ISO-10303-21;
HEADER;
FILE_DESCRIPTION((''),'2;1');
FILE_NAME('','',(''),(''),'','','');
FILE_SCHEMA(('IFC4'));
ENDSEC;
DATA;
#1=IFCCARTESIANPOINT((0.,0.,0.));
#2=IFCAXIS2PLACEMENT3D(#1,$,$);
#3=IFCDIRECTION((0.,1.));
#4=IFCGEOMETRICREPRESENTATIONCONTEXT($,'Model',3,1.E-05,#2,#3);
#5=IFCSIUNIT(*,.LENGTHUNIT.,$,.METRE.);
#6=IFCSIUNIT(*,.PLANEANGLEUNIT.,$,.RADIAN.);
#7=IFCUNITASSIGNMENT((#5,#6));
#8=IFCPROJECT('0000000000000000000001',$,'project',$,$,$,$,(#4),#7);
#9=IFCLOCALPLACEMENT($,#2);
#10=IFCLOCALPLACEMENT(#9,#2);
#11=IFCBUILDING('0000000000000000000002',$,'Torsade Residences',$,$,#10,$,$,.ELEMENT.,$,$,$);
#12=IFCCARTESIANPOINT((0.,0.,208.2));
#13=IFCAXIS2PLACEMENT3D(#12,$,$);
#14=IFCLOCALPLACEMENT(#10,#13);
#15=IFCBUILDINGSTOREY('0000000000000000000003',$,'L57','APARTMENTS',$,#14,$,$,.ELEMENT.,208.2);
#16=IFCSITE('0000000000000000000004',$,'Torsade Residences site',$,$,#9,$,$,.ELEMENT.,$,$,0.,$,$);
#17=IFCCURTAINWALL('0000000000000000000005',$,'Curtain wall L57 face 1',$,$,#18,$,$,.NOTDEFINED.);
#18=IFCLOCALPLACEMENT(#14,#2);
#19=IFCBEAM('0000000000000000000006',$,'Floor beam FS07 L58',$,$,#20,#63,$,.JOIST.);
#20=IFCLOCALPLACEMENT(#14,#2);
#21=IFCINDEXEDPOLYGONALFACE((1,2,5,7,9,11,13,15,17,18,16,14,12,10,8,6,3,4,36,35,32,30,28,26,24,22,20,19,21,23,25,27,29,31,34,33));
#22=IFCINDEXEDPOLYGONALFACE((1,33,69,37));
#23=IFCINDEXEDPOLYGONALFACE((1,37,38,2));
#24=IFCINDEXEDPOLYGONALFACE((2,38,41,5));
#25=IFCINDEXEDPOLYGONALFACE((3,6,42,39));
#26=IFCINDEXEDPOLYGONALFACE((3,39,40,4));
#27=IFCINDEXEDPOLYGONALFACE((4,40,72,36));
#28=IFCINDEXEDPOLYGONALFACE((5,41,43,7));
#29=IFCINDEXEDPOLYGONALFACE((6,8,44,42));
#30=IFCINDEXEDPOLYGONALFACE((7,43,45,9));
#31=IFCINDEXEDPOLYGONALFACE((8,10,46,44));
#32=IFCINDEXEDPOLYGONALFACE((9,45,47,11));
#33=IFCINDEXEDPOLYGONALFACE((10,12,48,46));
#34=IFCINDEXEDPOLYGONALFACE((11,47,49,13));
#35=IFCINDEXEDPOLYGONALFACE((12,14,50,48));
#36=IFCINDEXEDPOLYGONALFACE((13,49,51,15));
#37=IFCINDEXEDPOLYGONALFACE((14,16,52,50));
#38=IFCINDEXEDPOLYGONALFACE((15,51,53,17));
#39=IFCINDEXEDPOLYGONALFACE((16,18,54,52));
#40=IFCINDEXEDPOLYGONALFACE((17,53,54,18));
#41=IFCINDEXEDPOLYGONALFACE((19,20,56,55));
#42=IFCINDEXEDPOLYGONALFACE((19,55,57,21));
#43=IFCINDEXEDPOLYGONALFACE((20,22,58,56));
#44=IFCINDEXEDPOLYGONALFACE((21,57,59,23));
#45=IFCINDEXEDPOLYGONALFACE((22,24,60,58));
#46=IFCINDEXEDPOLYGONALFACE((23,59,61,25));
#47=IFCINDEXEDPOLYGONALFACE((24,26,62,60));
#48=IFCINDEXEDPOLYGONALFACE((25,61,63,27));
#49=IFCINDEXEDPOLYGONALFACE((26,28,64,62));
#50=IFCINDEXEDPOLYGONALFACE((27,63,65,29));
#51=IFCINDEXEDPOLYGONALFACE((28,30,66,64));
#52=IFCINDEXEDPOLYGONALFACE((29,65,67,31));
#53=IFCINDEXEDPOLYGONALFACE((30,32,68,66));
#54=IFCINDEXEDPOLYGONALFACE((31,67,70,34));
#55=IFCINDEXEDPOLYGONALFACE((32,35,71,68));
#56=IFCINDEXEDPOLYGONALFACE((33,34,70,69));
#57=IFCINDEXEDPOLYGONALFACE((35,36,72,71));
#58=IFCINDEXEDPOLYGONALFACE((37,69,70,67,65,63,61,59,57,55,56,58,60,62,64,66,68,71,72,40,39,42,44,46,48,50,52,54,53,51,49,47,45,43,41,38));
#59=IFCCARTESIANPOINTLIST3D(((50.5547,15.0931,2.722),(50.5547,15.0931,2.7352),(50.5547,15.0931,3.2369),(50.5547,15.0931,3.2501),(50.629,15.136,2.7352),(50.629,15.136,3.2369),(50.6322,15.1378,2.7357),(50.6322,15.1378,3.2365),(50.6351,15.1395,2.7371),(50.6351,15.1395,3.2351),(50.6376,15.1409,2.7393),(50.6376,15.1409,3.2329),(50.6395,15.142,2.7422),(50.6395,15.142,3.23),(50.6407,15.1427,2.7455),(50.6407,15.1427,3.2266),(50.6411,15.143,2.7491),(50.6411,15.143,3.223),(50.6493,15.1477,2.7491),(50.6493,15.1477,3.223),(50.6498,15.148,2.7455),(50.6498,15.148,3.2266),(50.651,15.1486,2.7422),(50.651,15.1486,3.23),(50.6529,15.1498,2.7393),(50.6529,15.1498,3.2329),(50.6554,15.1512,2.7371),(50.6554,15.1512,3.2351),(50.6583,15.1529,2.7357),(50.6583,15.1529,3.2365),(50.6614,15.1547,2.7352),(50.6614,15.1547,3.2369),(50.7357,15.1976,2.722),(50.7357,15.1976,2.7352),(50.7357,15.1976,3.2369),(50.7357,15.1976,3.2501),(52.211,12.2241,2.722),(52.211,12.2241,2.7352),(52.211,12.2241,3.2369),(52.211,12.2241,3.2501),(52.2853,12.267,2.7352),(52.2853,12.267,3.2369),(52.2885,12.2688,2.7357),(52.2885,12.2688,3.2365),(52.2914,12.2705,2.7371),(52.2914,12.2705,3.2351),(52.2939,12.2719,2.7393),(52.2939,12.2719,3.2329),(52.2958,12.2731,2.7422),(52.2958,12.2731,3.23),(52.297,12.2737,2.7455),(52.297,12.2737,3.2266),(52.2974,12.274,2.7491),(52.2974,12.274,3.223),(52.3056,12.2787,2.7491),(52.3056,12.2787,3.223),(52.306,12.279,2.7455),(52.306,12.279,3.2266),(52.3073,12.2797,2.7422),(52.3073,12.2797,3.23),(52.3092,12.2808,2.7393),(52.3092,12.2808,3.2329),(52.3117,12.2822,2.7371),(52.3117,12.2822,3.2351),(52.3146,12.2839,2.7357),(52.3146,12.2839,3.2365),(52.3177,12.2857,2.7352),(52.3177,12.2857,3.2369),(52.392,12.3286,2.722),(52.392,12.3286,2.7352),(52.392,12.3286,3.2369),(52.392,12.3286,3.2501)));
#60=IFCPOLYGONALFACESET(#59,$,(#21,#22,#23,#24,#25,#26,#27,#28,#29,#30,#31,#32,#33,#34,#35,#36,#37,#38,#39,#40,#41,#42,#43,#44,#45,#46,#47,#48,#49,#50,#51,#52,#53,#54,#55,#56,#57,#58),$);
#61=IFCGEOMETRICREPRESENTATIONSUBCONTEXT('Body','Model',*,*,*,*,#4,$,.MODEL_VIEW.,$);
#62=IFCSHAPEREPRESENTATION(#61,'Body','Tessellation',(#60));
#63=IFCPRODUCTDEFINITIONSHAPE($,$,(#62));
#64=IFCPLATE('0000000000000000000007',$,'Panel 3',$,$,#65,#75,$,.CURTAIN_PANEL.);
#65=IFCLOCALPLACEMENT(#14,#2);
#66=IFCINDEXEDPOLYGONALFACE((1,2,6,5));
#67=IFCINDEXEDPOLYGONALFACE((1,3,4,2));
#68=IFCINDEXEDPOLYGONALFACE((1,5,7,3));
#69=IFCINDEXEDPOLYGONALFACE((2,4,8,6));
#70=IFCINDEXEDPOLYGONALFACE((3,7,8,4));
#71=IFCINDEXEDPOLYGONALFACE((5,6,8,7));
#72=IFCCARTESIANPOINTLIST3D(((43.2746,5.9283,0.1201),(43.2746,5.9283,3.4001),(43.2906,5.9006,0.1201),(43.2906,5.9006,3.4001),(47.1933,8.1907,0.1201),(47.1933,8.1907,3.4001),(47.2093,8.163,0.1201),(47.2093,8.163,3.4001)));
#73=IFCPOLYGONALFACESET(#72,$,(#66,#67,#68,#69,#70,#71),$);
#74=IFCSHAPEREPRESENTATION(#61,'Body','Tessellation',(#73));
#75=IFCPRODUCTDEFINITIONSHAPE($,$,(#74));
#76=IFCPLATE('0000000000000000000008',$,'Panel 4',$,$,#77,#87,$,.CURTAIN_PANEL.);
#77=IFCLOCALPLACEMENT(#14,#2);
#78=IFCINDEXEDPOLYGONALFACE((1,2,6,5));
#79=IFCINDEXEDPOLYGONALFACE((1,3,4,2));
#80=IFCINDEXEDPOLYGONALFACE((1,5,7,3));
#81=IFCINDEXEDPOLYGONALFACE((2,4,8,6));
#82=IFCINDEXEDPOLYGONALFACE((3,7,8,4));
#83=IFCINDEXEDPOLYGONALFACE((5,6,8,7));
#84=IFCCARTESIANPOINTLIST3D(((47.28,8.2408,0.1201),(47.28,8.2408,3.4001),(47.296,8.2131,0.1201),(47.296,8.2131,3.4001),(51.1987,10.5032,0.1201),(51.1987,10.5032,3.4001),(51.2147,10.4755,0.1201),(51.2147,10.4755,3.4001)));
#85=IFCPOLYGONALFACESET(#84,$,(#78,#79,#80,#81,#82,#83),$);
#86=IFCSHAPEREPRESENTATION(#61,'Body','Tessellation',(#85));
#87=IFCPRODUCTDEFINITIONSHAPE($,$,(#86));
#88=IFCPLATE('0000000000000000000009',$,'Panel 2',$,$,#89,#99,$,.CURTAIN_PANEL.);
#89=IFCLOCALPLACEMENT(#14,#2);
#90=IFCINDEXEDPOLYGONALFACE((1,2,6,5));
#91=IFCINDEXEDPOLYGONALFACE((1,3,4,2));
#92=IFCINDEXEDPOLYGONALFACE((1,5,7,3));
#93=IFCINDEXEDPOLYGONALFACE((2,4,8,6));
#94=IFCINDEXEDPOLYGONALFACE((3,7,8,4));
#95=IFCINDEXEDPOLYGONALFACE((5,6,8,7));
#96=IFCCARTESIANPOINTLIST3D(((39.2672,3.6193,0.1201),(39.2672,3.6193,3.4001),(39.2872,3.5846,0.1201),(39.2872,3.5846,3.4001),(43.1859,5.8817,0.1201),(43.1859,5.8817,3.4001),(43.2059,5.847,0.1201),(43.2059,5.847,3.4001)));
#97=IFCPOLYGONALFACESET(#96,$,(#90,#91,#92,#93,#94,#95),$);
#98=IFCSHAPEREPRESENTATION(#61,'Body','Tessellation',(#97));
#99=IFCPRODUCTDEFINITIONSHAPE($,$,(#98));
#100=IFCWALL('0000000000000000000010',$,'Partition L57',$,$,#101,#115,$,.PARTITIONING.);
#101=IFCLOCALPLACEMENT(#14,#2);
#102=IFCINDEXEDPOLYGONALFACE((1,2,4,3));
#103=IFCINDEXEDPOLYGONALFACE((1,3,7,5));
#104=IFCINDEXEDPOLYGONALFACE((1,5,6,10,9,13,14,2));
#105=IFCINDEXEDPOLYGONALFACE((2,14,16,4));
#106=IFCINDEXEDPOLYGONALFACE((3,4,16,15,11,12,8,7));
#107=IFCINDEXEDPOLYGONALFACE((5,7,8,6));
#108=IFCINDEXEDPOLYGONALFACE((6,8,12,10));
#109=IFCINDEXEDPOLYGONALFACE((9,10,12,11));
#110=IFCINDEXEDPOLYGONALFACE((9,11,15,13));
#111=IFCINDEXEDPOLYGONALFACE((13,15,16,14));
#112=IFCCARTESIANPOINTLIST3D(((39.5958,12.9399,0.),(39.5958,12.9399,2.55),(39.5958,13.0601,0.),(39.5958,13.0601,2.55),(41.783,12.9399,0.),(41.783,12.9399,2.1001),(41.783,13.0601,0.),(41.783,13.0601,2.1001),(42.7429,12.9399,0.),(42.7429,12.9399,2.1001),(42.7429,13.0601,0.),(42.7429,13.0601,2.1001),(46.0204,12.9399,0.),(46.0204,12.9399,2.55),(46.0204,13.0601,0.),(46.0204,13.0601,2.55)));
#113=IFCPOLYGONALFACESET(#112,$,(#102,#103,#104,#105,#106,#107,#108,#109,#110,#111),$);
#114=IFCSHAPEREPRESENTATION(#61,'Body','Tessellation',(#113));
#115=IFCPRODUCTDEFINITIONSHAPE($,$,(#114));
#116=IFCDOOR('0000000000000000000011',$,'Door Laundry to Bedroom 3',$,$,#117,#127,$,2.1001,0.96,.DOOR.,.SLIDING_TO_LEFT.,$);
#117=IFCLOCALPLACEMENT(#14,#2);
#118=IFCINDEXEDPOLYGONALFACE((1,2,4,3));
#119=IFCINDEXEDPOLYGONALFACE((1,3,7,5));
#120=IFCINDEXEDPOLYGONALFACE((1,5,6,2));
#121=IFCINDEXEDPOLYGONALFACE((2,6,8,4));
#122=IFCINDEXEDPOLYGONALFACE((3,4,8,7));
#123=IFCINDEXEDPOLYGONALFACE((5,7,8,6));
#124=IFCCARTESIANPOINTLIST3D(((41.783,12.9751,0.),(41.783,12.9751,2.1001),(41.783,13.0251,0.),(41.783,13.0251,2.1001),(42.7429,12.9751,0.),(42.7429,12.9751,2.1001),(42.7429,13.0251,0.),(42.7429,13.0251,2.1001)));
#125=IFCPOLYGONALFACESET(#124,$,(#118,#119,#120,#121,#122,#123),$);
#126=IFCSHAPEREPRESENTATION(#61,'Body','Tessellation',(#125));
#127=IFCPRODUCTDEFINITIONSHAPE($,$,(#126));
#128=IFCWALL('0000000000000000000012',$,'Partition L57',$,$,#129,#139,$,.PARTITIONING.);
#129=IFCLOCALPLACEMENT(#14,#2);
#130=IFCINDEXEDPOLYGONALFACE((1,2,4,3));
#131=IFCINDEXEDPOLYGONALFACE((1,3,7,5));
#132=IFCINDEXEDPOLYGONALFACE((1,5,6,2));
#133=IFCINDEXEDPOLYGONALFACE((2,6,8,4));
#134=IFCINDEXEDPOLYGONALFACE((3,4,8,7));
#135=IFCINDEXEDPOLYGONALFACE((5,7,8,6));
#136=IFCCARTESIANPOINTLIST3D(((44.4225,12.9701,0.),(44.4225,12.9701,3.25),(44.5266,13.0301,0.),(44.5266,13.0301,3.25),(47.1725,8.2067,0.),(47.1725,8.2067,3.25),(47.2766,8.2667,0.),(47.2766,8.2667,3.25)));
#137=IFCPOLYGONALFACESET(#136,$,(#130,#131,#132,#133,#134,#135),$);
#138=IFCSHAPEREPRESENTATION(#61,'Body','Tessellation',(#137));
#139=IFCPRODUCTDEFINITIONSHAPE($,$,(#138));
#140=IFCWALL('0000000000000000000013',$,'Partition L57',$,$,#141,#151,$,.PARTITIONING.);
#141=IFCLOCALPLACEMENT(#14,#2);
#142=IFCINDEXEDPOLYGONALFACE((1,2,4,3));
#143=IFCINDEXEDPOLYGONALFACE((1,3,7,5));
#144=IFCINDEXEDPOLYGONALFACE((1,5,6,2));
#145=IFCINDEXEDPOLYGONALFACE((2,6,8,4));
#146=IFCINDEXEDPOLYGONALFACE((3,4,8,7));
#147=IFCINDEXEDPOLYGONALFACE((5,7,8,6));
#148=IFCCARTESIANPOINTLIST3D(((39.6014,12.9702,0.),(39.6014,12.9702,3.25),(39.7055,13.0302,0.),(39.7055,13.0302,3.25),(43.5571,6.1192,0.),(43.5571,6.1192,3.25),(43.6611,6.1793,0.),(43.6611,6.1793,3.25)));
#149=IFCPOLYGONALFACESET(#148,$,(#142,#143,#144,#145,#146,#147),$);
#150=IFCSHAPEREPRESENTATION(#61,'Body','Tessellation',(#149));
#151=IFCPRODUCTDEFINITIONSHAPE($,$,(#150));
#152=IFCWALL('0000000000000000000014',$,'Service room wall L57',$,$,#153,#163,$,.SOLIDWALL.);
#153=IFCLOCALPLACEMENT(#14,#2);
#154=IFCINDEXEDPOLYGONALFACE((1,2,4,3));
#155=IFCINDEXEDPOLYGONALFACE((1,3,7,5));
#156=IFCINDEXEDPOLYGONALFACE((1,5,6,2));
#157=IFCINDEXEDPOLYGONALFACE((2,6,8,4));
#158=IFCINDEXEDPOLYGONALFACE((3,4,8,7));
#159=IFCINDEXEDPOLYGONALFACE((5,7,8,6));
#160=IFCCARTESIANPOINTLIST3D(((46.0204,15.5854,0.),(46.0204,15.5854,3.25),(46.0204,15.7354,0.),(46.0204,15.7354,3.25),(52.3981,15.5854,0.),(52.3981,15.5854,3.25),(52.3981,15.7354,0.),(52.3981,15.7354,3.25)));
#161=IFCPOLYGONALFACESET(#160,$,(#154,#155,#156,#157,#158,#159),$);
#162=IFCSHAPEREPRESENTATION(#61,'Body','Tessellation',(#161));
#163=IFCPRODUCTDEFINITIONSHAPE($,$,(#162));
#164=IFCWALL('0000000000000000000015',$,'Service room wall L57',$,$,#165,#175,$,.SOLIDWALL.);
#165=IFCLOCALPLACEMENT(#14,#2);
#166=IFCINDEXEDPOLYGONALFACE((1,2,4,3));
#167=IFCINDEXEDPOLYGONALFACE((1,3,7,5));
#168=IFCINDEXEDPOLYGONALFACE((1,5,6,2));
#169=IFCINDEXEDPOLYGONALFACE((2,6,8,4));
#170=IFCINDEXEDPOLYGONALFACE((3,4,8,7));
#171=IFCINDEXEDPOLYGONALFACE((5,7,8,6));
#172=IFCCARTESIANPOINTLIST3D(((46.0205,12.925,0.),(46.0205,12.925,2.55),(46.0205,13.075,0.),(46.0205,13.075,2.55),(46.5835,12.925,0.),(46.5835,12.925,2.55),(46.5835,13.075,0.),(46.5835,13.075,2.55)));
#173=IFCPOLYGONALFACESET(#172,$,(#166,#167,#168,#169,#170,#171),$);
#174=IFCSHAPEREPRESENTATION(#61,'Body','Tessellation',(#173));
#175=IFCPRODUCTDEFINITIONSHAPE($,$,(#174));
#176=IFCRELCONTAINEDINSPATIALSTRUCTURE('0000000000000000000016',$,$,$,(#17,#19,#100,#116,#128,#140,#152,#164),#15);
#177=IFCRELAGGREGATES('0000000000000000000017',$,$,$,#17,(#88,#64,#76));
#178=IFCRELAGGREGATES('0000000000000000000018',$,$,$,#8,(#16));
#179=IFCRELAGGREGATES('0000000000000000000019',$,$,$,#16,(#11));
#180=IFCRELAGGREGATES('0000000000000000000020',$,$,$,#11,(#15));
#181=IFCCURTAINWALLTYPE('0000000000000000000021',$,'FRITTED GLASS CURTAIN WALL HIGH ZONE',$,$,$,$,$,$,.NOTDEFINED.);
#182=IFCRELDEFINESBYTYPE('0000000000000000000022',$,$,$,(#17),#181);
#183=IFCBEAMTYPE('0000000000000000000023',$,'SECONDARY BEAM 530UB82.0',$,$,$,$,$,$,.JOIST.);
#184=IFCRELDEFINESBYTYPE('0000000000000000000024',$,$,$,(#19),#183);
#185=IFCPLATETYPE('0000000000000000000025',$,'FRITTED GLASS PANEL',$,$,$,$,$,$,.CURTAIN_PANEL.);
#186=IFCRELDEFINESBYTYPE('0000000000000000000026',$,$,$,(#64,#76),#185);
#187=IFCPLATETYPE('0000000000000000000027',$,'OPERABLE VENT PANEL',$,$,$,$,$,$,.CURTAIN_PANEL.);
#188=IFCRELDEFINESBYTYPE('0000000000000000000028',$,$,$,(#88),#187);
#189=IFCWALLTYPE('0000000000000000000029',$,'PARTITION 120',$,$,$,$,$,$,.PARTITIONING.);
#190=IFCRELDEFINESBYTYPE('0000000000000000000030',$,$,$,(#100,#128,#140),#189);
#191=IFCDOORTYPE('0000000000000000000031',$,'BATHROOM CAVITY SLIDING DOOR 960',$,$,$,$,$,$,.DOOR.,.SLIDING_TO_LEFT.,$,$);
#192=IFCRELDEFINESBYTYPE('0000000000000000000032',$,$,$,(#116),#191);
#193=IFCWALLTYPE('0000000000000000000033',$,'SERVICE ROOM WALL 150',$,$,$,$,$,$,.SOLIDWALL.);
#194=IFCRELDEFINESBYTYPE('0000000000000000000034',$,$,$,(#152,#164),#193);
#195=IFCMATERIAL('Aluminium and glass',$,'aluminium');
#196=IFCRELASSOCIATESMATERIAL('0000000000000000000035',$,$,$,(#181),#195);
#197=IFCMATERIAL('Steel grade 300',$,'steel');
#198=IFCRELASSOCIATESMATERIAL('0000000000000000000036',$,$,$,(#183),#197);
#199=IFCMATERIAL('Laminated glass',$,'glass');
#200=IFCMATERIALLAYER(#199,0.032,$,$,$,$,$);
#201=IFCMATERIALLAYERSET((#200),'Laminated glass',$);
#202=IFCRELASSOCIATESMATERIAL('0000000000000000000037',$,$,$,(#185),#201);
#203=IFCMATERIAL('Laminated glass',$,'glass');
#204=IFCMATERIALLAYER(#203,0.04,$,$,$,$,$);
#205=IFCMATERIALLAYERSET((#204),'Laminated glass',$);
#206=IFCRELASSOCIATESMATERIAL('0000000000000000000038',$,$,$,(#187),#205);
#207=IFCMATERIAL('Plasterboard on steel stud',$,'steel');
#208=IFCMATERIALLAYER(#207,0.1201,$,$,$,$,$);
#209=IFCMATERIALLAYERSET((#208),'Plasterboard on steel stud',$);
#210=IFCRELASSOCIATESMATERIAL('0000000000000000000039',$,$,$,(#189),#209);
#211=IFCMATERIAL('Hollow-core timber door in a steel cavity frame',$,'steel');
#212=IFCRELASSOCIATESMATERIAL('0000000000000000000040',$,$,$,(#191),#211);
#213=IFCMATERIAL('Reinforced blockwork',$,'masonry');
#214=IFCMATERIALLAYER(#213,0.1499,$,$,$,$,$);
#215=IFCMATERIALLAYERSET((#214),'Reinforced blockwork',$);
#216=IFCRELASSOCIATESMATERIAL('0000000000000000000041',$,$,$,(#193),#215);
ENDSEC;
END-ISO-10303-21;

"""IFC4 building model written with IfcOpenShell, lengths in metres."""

from ifc_helpers import new_model, si_unit, direction, frame, frame_2d, origin, origin_2d, place, context, subcontext, project, spatial, rectangle, i_section, extrude, material, layer, layer_set, material_profile, profile_set, type_object, element, fill, aggregate, save


model = new_model("IFC4")

# Units and contexts
model_context = context("Model", 3, precision=1e-05, world=origin(), true_north=direction((0.0, 1.0)))
body_context = subcontext(model_context, "Body", "Model", "MODEL_VIEW")
ifc_project = project(units=[si_unit("LENGTHUNIT", "METRE"), si_unit("PLANEANGLEUNIT", "RADIAN")], contexts=[model_context])

# Site, building, storey
site_placement = place(None, origin())
site = spatial("IfcSite", under=ifc_project, at=site_placement, Name="Torsade Residences site", CompositionType="ELEMENT", RefElevation=0.0)
building_placement = place(site_placement, origin())
building = spatial("IfcBuilding", under=site, at=building_placement, Name="Torsade Residences", CompositionType="ELEMENT")
storey_placement = place(building_placement, frame((0.0, 0.0, 208.2)))
storey = spatial("IfcBuildingStorey", under=building, at=storey_placement, Name="L57", Description="APARTMENTS", CompositionType="ELEMENT", Elevation=208.2)

# Curtain wall
ifc_material_1 = material(Name="Aluminium and glass", Category="aluminium")
curtain_wall_type = type_object("IfcCurtainWallType", Name="FRITTED GLASS CURTAIN WALL HIGH ZONE", PredefinedType="NOTDEFINED", material=ifc_material_1)
curtain_wall_placement = place(storey_placement, origin())
curtain_wall = element("IfcCurtainWall", 1, at=curtain_wall_placement, inside=storey, type_object=curtain_wall_type, Name="Curtain wall L57 face 1", PredefinedType="NOTDEFINED")

# Beam
ifc_material_2 = material(Name="Steel grade 300", Category="steel")
ifc_material_profile_1 = material_profile(ifc_material_2, i_section(OverallWidth=0.209, OverallDepth=0.5281, WebThickness=0.0095, FlangeThickness=0.0132, FilletRadius=0.0139, at=origin_2d()), Name="530UB82.0")
ifc_profile_set_1 = profile_set([ifc_material_profile_1], Name="Steel grade 300")
beam_type_1 = type_object("IfcBeamType", Name="SECONDARY BEAM 530UB82.0", PredefinedType="JOIST", material=ifc_profile_set_1)
beam_1_placement = place(storey_placement, frame((52.3015, 12.2764, 2.9861), z_axis=(-0.499976, 0.86604, 0.0), x_axis=(-0.86604, -0.499976, 0.0)))
element("IfcBeam", 2, at=beam_1_placement, inside=storey, type_object=beam_type_1, Name="Floor beam FS07 L58", PredefinedType="JOIST", context=body_context, shape_type="SweptSolid", body=[
    extrude(i_section(OverallWidth=0.209, OverallDepth=0.5281, WebThickness=0.0095, FlangeThickness=0.0132, FilletRadius=0.0139, at=origin_2d()), origin(), (0.0, 0.0, 1.0), 3.3127),
])

# Plates
ifc_material_3 = material(Name="Laminated glass", Category="glass")
ifc_layer_1 = layer(ifc_material_3, 0.032)
ifc_layer_set_1 = layer_set([ifc_layer_1], Name="Laminated glass")
plate_type_1 = type_object("IfcPlateType", Name="FRITTED GLASS PANEL", PredefinedType="CURTAIN_PANEL", material=ifc_layer_set_1)
plate_1_placement = place(storey_placement, frame((45.2419, 7.0457, 0.1201), z_axis=(0.0, 0.0, 1.0), x_axis=(0.866025, 0.5, 0.0)))
plate_1 = element("IfcPlate", 3, at=plate_1_placement, type_object=plate_type_1, Name="Panel 3", PredefinedType="CURTAIN_PANEL", context=body_context, shape_type="SweptSolid", body=[
    extrude(rectangle(XDim=4.5249, YDim=0.032, at=origin_2d()), origin(), (0.0, 0.0, 1.0), 3.28),
])
plate_2_placement = place(storey_placement, frame((49.2473, 9.3582, 0.1201), z_axis=(0.0, 0.0, 1.0), x_axis=(0.866025, 0.5, 0.0)))
plate_2 = element("IfcPlate", 4, at=plate_2_placement, type_object=plate_type_1, Name="Panel 4", PredefinedType="CURTAIN_PANEL", context=body_context, shape_type="SweptSolid", body=[
    extrude(rectangle(XDim=4.5249, YDim=0.032, at=origin_2d()), origin(), (0.0, 0.0, 1.0), 3.28),
])
ifc_material_4 = material(Name="Laminated glass", Category="glass")
ifc_layer_2 = layer(ifc_material_4, 0.04)
ifc_layer_set_2 = layer_set([ifc_layer_2], Name="Laminated glass")
plate_type_2 = type_object("IfcPlateType", Name="OPERABLE VENT PANEL", PredefinedType="CURTAIN_PANEL", material=ifc_layer_set_2)
plate_3_placement = place(storey_placement, frame((41.2366, 4.7332, 0.1201), z_axis=(0.0, 0.0, 1.0), x_axis=(0.866025, 0.5, 0.0)))
plate_3 = element("IfcPlate", 5, at=plate_3_placement, type_object=plate_type_2, Name="Panel 2", PredefinedType="CURTAIN_PANEL", context=body_context, shape_type="SweptSolid", body=[
    extrude(rectangle(XDim=4.5249, YDim=0.04, at=origin_2d()), origin(), (0.0, 0.0, 1.0), 3.28),
])
aggregate(curtain_wall, [plate_3, plate_1, plate_2])

# Wall, opening, door
ifc_material_5 = material(Name="Plasterboard on steel stud", Category="steel")
ifc_layer_3 = layer(ifc_material_5, 0.1201)
ifc_layer_set_3 = layer_set([ifc_layer_3], Name="Plasterboard on steel stud")
wall_type_1 = type_object("IfcWallType", Name="PARTITION 120", PredefinedType="PARTITIONING", material=ifc_layer_set_3)
wall_1_placement = place(storey_placement, frame((46.0205, 13.0, 0.0), z_axis=(0.0, 0.0, 1.0), x_axis=(-1.0, 0.0, 0.0)))
wall_1 = element("IfcWall", 6, at=wall_1_placement, inside=storey, type_object=wall_type_1, Name="Partition L57", PredefinedType="PARTITIONING", context=body_context, shape_type="SweptSolid", body=[
    extrude(rectangle(XDim=6.4246, YDim=0.1201, at=frame_2d((3.2124, 0.0))), origin(), (0.0, 0.0, 1.0), 2.55),
])
opening_placement = place(wall_1_placement, frame((3.2776, 0.0, 0.0)))
opening = element("IfcOpeningElement", 7, at=opening_placement, cuts=wall_1, PredefinedType="OPENING", context=body_context, shape_type="SweptSolid", body=[
    extrude(rectangle(XDim=0.96, YDim=2.1001, at=frame_2d((0.48, 1.05))), frame((0.0, 0.0701, 0.0), z_axis=(0.0, -1.0, 0.0), x_axis=(1.0, 0.0, 0.0)), (0.0, 0.0, 1.0), 0.1401),
])
ifc_material_6 = material(Name="Hollow-core timber door in a steel cavity frame", Category="steel")
door_type = type_object("IfcDoorType", Name="BATHROOM CAVITY SLIDING DOOR 960", OperationType="SLIDING_TO_LEFT", PredefinedType="DOOR", material=ifc_material_6)
door_placement = place(opening_placement, origin())
door = element("IfcDoor", 8, at=door_placement, inside=storey, type_object=door_type, Name="Door Laundry to Bedroom 3", OperationType="SLIDING_TO_LEFT", OverallHeight=2.1001, OverallWidth=0.96, PredefinedType="DOOR", context=body_context, shape_type="SweptSolid", body=[
    extrude(rectangle(XDim=0.96, YDim=2.1001, at=frame_2d((0.48, 1.05))), frame((0.0, 0.0249, 0.0), z_axis=(0.0, -1.0, 0.0), x_axis=(1.0, 0.0, 0.0)), (0.0, 0.0, 1.0), 0.05),
])
fill(opening, door)

# Walls
wall_2_placement = place(storey_placement, frame((44.4746, 13.0, 0.0), z_axis=(0.0, 0.0, 1.0), x_axis=(0.499977, -0.866038, 0.0)))
element("IfcWall", 9, at=wall_2_placement, inside=storey, type_object=wall_type_1, Name="Partition L57", PredefinedType="PARTITIONING", context=body_context, shape_type="SweptSolid", body=[
    extrude(rectangle(XDim=5.5002, YDim=0.1201, at=frame_2d((2.75, 0.0))), origin(), (0.0, 0.0, 1.0), 3.25),
])
wall_3_placement = place(storey_placement, frame((43.6091, 6.1492, 0.0), z_axis=(0.0, 0.0, 1.0), x_axis=(-0.500023, 0.866012, 0.0)))
element("IfcWall", 10, at=wall_3_placement, inside=storey, type_object=wall_type_1, Name="Partition L57", PredefinedType="PARTITIONING", context=body_context, shape_type="SweptSolid", body=[
    extrude(rectangle(XDim=7.9109, YDim=0.1201, at=frame_2d((3.9556, 0.0))), origin(), (0.0, 0.0, 1.0), 3.25),
])
ifc_material_7 = material(Name="Reinforced blockwork", Category="masonry")
ifc_layer_4 = layer(ifc_material_7, 0.1499)
ifc_layer_set_4 = layer_set([ifc_layer_4], Name="Reinforced blockwork")
wall_type_2 = type_object("IfcWallType", Name="SERVICE ROOM WALL 150", PredefinedType="SOLIDWALL", material=ifc_layer_set_4)
wall_4_placement = place(storey_placement, frame((52.3982, 15.6604, 0.0), z_axis=(0.0, 0.0, 1.0), x_axis=(-1.0, 0.0, 0.0)))
element("IfcWall", 11, at=wall_4_placement, inside=storey, type_object=wall_type_2, Name="Service room wall L57", PredefinedType="SOLIDWALL", context=body_context, shape_type="SweptSolid", body=[
    extrude(rectangle(XDim=6.3777, YDim=0.1499, at=frame_2d((3.189, 0.0))), origin(), (0.0, 0.0, 1.0), 3.25),
])
wall_5_placement = place(storey_placement, frame((46.5835, 13.0, 0.0), z_axis=(0.0, 0.0, 1.0), x_axis=(-1.0, 0.0, 0.0)))
element("IfcWall", 12, at=wall_5_placement, inside=storey, type_object=wall_type_2, Name="Service room wall L57", PredefinedType="SOLIDWALL", context=body_context, shape_type="SweptSolid", body=[
    extrude(rectangle(XDim=0.563, YDim=0.1499, at=frame_2d((0.2815, 0.0))), origin(), (0.0, 0.0, 1.0), 2.55),
])

save(model, "model.ifc")
